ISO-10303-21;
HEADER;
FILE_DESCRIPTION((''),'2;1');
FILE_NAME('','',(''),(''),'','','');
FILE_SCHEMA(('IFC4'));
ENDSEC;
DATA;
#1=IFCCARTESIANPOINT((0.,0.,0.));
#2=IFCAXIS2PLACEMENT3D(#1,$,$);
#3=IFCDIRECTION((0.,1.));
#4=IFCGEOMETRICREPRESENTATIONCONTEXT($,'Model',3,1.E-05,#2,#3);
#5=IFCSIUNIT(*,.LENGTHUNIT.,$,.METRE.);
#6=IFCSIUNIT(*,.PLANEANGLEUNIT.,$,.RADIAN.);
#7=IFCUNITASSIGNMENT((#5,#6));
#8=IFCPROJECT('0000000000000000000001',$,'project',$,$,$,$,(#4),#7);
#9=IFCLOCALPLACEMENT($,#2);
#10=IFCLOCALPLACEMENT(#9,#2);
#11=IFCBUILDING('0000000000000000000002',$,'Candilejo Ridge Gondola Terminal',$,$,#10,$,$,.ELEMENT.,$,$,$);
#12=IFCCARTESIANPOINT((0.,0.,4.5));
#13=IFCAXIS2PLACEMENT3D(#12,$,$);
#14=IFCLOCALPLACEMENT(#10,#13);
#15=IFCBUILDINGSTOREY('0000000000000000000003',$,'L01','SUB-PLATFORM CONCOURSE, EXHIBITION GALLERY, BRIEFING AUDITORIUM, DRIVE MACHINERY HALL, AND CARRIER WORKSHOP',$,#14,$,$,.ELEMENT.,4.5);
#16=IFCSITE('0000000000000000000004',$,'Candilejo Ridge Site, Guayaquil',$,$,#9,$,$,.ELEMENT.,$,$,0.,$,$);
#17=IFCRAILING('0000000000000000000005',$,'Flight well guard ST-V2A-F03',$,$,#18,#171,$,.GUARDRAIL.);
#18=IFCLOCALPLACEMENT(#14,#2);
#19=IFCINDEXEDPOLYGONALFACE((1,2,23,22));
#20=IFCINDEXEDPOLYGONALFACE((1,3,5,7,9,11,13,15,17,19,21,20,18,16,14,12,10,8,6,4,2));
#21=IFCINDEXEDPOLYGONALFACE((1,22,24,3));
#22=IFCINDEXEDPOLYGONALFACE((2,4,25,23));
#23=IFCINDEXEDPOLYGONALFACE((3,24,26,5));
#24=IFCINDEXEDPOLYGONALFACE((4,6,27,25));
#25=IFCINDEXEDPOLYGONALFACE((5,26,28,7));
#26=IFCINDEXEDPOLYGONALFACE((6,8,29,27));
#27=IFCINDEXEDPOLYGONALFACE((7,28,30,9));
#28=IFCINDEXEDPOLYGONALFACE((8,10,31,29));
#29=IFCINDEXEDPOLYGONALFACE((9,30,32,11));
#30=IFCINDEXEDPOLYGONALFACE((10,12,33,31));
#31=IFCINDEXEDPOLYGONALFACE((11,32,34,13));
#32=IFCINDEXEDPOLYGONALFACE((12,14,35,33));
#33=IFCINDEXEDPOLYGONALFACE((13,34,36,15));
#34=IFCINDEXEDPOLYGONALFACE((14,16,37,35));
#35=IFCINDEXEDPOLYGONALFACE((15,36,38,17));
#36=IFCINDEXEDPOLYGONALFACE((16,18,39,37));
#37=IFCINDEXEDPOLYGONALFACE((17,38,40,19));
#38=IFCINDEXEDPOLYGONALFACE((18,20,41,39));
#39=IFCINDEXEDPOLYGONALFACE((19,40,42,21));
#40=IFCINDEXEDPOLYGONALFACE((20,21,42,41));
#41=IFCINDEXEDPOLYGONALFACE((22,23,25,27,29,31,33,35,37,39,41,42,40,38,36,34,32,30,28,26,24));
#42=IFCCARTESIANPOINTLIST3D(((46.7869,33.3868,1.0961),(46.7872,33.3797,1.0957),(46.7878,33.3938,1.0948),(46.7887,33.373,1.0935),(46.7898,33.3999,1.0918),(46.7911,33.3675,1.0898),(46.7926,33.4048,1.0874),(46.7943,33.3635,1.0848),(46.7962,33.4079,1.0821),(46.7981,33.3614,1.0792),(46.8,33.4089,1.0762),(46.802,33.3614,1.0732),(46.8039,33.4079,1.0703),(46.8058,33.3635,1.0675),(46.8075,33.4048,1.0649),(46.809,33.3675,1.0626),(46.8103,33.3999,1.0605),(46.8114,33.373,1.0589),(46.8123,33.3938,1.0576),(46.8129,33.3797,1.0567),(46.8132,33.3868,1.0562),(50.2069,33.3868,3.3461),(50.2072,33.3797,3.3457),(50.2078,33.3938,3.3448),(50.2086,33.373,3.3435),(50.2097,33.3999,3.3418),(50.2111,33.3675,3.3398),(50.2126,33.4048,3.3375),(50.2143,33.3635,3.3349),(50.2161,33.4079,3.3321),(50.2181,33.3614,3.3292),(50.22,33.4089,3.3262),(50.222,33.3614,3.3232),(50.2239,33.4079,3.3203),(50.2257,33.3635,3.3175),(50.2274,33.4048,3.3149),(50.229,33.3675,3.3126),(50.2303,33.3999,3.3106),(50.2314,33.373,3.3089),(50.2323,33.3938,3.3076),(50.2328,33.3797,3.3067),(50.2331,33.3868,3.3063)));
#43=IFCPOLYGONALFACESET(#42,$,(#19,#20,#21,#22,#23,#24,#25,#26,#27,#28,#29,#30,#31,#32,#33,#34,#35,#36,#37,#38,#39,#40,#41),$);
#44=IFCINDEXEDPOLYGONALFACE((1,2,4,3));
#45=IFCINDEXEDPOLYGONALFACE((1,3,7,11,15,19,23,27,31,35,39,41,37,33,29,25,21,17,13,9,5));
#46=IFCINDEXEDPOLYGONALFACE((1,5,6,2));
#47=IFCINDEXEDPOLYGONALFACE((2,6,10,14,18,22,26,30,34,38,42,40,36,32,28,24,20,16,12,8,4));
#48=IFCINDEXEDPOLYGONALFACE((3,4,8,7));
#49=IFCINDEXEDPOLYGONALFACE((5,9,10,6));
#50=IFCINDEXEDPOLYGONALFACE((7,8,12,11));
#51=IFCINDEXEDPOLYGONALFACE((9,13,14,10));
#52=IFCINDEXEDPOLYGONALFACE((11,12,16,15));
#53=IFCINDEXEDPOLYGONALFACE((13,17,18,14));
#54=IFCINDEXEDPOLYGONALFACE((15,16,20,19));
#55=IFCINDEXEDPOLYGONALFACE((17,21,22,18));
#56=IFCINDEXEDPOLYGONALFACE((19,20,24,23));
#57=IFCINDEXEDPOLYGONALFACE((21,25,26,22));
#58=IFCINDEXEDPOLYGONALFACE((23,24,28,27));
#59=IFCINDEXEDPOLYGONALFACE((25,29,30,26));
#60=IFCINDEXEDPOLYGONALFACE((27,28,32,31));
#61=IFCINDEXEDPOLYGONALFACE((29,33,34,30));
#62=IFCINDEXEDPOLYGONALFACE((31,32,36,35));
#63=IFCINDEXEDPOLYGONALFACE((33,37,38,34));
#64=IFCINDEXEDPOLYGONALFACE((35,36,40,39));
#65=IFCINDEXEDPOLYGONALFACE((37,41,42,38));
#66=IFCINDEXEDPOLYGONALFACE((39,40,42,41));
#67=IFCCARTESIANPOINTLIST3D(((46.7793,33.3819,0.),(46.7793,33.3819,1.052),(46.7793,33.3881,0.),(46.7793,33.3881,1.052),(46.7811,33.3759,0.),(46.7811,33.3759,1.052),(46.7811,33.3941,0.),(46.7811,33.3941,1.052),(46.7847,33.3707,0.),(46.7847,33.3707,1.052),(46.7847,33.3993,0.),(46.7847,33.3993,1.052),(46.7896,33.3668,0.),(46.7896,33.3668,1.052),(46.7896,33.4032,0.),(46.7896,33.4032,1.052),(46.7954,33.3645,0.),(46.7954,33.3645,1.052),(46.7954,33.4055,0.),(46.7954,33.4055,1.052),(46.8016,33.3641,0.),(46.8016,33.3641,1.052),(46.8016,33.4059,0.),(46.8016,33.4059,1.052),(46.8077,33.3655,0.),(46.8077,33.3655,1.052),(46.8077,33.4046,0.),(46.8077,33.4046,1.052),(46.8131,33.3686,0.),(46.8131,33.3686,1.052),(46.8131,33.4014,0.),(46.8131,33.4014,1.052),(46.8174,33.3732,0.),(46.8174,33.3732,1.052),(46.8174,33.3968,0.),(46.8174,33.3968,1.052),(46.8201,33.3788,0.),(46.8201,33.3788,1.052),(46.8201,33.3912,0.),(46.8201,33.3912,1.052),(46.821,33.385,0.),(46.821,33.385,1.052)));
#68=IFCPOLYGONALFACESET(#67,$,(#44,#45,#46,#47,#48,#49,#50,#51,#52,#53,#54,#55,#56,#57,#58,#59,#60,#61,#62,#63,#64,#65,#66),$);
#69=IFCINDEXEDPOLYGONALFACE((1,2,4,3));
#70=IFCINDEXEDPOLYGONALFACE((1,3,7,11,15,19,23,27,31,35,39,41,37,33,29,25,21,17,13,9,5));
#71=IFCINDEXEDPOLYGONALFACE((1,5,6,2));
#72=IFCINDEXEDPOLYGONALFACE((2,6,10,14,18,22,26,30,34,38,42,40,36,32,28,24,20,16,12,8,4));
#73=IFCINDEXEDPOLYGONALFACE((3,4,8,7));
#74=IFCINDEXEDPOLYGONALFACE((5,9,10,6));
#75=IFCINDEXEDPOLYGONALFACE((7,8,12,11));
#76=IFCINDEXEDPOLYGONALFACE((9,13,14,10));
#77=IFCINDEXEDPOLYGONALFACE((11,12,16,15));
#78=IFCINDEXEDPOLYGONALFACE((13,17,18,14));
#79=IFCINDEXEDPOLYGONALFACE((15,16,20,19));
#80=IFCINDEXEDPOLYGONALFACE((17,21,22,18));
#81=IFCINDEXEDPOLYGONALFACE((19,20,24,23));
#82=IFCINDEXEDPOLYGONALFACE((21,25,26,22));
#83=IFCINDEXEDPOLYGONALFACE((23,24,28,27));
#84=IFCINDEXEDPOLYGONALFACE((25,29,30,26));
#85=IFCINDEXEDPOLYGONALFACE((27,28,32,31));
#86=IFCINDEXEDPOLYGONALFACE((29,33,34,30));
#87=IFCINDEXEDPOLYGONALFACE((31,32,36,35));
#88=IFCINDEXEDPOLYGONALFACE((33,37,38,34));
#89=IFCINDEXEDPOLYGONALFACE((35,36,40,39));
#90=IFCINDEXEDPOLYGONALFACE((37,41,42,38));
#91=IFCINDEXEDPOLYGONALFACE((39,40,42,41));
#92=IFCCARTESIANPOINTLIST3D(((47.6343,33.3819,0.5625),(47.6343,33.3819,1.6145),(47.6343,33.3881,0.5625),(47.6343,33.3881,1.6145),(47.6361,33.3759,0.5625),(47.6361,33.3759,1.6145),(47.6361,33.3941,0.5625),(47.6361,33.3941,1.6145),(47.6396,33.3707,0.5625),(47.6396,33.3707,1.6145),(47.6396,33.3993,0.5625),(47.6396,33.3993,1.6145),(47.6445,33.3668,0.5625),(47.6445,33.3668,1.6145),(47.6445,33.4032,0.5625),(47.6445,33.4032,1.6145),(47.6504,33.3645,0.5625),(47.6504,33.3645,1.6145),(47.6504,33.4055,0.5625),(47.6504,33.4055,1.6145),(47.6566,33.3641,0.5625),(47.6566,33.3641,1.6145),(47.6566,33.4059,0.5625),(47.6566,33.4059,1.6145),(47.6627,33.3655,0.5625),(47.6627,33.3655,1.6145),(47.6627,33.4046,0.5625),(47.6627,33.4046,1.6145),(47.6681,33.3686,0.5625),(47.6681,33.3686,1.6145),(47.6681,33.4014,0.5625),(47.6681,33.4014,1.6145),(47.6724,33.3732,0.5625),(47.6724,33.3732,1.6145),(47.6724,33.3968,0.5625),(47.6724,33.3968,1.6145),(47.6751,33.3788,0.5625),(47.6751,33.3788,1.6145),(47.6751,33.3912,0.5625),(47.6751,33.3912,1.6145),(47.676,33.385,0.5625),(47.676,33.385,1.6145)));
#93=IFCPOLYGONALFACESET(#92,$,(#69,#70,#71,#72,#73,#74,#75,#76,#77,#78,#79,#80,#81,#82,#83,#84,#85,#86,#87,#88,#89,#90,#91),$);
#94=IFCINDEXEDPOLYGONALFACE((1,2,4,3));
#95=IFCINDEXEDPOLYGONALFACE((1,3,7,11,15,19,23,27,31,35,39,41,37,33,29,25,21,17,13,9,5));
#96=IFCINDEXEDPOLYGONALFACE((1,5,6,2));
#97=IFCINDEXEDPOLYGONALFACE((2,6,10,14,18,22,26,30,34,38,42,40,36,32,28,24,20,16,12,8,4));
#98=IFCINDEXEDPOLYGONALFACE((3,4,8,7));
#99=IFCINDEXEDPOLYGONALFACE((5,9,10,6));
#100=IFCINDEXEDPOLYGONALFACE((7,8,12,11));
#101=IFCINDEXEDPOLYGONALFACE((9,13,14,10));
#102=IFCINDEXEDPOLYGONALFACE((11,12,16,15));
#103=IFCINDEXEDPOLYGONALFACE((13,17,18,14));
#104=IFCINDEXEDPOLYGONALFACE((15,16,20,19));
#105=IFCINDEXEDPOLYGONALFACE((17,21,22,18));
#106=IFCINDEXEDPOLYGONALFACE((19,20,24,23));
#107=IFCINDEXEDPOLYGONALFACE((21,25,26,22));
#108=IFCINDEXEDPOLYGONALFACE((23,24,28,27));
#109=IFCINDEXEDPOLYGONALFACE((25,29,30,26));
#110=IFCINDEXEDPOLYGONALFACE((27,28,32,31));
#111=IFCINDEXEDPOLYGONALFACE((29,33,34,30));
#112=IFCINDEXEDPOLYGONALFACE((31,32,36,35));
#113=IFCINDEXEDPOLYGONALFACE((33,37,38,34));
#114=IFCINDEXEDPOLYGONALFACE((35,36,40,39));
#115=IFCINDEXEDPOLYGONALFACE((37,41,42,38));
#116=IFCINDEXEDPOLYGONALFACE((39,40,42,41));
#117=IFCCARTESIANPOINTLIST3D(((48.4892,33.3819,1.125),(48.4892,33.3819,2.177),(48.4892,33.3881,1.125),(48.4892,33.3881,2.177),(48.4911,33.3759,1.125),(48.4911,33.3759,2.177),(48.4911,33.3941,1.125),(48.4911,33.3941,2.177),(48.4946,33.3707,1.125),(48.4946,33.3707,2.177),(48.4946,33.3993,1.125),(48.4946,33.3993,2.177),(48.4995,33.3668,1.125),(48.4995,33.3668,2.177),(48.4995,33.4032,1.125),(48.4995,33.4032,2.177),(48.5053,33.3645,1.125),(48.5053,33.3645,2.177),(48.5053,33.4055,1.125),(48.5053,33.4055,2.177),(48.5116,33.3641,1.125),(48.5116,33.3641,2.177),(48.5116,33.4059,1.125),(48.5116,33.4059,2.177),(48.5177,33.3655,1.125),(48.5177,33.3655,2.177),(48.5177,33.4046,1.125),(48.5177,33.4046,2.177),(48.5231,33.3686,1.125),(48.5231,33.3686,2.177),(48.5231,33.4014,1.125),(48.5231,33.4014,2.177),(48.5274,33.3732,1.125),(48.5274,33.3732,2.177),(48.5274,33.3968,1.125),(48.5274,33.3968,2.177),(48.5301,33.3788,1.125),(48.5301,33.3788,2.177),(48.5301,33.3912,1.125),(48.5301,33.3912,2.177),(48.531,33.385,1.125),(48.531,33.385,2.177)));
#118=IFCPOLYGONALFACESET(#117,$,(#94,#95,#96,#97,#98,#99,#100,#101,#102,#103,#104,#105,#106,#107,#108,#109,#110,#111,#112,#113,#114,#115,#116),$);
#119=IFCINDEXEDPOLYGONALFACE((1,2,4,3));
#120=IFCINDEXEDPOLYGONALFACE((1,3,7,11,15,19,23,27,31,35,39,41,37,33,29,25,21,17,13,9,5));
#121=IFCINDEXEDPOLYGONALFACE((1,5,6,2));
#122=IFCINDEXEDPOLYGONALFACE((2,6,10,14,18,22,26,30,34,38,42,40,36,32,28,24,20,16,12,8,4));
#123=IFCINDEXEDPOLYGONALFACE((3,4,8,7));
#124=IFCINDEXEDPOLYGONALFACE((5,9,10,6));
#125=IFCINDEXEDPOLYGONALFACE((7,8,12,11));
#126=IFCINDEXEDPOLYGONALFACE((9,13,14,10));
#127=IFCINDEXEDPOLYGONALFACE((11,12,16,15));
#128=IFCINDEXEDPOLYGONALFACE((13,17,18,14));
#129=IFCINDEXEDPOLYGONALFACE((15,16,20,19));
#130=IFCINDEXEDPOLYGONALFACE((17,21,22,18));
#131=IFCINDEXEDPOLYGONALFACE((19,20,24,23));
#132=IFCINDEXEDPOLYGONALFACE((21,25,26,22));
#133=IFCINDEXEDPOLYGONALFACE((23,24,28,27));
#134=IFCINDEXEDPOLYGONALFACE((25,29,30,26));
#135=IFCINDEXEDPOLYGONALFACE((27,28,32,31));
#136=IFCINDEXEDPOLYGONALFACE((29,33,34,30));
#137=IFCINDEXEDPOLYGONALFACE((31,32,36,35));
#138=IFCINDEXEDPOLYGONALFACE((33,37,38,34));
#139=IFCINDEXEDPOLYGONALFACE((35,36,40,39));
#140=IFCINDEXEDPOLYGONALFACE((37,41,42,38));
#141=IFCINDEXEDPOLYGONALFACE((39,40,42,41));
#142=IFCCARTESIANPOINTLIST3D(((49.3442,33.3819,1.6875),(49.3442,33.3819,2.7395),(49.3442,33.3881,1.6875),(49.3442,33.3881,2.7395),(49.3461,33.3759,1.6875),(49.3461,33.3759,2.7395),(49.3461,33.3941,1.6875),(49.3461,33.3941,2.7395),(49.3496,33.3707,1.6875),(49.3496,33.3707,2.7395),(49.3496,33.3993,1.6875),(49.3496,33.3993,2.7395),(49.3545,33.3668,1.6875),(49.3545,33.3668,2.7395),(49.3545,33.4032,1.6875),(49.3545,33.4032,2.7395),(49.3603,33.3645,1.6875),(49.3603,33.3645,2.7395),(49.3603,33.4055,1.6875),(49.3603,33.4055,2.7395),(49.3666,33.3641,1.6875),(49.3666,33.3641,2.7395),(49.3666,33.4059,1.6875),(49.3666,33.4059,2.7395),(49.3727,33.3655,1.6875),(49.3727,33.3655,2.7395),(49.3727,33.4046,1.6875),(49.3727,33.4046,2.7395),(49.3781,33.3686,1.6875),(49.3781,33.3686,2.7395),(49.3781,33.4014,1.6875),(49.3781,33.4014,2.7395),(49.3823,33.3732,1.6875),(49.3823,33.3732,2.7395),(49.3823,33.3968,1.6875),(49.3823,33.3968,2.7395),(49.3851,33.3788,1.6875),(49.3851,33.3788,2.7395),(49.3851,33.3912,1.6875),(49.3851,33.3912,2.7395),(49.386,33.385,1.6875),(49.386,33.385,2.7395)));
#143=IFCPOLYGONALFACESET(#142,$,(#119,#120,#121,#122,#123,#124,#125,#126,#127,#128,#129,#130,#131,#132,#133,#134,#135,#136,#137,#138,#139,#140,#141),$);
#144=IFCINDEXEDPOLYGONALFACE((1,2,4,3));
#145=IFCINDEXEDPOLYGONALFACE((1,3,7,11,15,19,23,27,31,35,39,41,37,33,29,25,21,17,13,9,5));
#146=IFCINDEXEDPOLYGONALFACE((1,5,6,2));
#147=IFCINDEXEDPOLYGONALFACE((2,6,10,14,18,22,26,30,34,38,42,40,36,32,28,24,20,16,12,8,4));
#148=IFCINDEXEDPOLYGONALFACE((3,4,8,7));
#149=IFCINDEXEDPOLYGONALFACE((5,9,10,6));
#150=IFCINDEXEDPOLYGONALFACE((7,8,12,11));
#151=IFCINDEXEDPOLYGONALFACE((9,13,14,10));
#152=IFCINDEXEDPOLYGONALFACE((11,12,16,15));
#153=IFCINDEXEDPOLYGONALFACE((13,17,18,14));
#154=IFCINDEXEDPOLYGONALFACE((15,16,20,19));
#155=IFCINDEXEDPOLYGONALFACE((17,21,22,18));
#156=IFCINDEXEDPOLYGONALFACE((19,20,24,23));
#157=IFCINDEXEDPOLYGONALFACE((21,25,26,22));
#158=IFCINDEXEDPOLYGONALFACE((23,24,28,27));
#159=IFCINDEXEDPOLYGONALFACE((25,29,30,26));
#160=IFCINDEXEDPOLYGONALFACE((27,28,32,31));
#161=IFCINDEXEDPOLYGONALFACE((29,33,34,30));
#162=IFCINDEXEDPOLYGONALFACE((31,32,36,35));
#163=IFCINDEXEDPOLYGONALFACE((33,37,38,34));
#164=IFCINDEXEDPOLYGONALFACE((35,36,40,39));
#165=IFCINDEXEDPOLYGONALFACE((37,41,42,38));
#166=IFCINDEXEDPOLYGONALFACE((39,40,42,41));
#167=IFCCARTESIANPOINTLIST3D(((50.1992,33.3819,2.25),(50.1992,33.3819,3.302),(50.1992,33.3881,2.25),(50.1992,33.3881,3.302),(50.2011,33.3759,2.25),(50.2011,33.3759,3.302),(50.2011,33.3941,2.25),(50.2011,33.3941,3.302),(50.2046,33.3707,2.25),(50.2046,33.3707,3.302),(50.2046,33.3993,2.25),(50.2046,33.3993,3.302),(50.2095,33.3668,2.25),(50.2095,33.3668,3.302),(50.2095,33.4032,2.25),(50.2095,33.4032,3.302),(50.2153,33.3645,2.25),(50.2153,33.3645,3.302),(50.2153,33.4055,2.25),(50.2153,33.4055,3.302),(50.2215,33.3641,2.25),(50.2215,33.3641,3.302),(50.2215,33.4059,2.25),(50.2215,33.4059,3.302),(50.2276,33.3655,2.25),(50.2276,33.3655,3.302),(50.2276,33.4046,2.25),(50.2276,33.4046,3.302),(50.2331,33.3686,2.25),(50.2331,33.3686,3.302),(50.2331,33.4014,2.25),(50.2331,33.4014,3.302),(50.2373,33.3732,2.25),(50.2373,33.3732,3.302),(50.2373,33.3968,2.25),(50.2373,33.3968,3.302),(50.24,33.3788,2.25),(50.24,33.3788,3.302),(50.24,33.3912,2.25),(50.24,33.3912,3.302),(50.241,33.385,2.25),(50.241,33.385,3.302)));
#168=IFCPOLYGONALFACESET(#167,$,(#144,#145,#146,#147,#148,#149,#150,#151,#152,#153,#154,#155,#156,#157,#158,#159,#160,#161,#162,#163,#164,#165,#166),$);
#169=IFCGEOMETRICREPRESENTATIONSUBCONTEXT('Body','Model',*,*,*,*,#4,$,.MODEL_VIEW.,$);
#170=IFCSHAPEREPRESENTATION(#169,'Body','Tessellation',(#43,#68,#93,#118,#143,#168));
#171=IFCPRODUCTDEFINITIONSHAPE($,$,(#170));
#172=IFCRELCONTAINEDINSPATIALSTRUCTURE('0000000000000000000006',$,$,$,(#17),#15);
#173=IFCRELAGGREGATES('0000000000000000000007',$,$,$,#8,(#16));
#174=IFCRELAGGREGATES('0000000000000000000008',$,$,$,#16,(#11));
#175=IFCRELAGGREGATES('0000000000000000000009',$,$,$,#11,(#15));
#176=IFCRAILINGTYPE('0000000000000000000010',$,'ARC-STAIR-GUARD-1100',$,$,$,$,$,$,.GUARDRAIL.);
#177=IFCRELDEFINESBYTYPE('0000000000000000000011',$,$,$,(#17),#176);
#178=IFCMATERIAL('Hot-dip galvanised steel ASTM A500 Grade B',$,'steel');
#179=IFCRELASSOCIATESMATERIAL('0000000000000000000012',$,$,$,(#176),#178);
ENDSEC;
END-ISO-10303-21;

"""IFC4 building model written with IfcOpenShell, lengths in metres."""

from ifc_helpers import new_model, si_unit, direction, frame, origin, origin_2d, place, context, subcontext, project, spatial, circle, extrude, material, type_object, element, save


model = new_model("IFC4")

# Units and contexts
model_context = context("Model", 3, precision=1e-05, world=origin(), true_north=direction((0.0, 1.0)))
body_context = subcontext(model_context, "Body", "Model", "MODEL_VIEW")
ifc_project = project(units=[si_unit("LENGTHUNIT", "METRE"), si_unit("PLANEANGLEUNIT", "RADIAN")], contexts=[model_context])

# Site, building, storey
site_placement = place(None, origin())
site = spatial("IfcSite", under=ifc_project, at=site_placement, Name="Candilejo Ridge Site, Guayaquil", CompositionType="ELEMENT", RefElevation=0.0)
building_placement = place(site_placement, origin())
building = spatial("IfcBuilding", under=site, at=building_placement, Name="Candilejo Ridge Gondola Terminal", CompositionType="ELEMENT")
storey_placement = place(building_placement, frame((0.0, 0.0, 4.5)))
storey = spatial("IfcBuildingStorey", under=building, at=storey_placement, Name="L01", Description="SUB-PLATFORM CONCOURSE, EXHIBITION GALLERY, BRIEFING AUDITORIUM, DRIVE MACHINERY HALL, AND CARRIER WORKSHOP", CompositionType="ELEMENT", Elevation=4.5)

# Railing
ifc_material_1 = material(Name="Hot-dip galvanised steel ASTM A500 Grade B", Category="steel")
railing_type = type_object("IfcRailingType", Name="ARC-STAIR-GUARD-1100", PredefinedType="GUARDRAIL", material=ifc_material_1)
railing_1_placement = place(storey_placement, frame((46.8, 33.385, 0.0)))
element("IfcRailing", 1, at=railing_1_placement, inside=storey, type_object=railing_type, Name="Flight well guard ST-V2A-F03", PredefinedType="GUARDRAIL", context=body_context, shape_type="SweptSolid", body=[
    extrude(circle(Radius=0.0239, at=origin_2d()), frame((0.0, 0.0, 1.0762), z_axis=(0.835411, 0.0, 0.549625), x_axis=(0.0, 1.0, 0.0)), (0.0, 0.0, 1.0), 4.0938),
    extrude(circle(Radius=0.021, at=origin_2d()), origin(), (0.0, 0.0, 1.0), 1.052),
    extrude(circle(Radius=0.021, at=origin_2d()), frame((0.855, 0.0, 0.5625)), (0.0, 0.0, 1.0), 1.052),
    extrude(circle(Radius=0.021, at=origin_2d()), frame((1.71, 0.0, 1.125)), (0.0, 0.0, 1.0), 1.052),
    extrude(circle(Radius=0.021, at=origin_2d()), frame((2.5649, 0.0, 1.6875)), (0.0, 0.0, 1.0), 1.052),
    extrude(circle(Radius=0.021, at=origin_2d()), frame((3.4199, 0.0, 2.25)), (0.0, 0.0, 1.0), 1.052),
])

save(model, "model.ifc")
